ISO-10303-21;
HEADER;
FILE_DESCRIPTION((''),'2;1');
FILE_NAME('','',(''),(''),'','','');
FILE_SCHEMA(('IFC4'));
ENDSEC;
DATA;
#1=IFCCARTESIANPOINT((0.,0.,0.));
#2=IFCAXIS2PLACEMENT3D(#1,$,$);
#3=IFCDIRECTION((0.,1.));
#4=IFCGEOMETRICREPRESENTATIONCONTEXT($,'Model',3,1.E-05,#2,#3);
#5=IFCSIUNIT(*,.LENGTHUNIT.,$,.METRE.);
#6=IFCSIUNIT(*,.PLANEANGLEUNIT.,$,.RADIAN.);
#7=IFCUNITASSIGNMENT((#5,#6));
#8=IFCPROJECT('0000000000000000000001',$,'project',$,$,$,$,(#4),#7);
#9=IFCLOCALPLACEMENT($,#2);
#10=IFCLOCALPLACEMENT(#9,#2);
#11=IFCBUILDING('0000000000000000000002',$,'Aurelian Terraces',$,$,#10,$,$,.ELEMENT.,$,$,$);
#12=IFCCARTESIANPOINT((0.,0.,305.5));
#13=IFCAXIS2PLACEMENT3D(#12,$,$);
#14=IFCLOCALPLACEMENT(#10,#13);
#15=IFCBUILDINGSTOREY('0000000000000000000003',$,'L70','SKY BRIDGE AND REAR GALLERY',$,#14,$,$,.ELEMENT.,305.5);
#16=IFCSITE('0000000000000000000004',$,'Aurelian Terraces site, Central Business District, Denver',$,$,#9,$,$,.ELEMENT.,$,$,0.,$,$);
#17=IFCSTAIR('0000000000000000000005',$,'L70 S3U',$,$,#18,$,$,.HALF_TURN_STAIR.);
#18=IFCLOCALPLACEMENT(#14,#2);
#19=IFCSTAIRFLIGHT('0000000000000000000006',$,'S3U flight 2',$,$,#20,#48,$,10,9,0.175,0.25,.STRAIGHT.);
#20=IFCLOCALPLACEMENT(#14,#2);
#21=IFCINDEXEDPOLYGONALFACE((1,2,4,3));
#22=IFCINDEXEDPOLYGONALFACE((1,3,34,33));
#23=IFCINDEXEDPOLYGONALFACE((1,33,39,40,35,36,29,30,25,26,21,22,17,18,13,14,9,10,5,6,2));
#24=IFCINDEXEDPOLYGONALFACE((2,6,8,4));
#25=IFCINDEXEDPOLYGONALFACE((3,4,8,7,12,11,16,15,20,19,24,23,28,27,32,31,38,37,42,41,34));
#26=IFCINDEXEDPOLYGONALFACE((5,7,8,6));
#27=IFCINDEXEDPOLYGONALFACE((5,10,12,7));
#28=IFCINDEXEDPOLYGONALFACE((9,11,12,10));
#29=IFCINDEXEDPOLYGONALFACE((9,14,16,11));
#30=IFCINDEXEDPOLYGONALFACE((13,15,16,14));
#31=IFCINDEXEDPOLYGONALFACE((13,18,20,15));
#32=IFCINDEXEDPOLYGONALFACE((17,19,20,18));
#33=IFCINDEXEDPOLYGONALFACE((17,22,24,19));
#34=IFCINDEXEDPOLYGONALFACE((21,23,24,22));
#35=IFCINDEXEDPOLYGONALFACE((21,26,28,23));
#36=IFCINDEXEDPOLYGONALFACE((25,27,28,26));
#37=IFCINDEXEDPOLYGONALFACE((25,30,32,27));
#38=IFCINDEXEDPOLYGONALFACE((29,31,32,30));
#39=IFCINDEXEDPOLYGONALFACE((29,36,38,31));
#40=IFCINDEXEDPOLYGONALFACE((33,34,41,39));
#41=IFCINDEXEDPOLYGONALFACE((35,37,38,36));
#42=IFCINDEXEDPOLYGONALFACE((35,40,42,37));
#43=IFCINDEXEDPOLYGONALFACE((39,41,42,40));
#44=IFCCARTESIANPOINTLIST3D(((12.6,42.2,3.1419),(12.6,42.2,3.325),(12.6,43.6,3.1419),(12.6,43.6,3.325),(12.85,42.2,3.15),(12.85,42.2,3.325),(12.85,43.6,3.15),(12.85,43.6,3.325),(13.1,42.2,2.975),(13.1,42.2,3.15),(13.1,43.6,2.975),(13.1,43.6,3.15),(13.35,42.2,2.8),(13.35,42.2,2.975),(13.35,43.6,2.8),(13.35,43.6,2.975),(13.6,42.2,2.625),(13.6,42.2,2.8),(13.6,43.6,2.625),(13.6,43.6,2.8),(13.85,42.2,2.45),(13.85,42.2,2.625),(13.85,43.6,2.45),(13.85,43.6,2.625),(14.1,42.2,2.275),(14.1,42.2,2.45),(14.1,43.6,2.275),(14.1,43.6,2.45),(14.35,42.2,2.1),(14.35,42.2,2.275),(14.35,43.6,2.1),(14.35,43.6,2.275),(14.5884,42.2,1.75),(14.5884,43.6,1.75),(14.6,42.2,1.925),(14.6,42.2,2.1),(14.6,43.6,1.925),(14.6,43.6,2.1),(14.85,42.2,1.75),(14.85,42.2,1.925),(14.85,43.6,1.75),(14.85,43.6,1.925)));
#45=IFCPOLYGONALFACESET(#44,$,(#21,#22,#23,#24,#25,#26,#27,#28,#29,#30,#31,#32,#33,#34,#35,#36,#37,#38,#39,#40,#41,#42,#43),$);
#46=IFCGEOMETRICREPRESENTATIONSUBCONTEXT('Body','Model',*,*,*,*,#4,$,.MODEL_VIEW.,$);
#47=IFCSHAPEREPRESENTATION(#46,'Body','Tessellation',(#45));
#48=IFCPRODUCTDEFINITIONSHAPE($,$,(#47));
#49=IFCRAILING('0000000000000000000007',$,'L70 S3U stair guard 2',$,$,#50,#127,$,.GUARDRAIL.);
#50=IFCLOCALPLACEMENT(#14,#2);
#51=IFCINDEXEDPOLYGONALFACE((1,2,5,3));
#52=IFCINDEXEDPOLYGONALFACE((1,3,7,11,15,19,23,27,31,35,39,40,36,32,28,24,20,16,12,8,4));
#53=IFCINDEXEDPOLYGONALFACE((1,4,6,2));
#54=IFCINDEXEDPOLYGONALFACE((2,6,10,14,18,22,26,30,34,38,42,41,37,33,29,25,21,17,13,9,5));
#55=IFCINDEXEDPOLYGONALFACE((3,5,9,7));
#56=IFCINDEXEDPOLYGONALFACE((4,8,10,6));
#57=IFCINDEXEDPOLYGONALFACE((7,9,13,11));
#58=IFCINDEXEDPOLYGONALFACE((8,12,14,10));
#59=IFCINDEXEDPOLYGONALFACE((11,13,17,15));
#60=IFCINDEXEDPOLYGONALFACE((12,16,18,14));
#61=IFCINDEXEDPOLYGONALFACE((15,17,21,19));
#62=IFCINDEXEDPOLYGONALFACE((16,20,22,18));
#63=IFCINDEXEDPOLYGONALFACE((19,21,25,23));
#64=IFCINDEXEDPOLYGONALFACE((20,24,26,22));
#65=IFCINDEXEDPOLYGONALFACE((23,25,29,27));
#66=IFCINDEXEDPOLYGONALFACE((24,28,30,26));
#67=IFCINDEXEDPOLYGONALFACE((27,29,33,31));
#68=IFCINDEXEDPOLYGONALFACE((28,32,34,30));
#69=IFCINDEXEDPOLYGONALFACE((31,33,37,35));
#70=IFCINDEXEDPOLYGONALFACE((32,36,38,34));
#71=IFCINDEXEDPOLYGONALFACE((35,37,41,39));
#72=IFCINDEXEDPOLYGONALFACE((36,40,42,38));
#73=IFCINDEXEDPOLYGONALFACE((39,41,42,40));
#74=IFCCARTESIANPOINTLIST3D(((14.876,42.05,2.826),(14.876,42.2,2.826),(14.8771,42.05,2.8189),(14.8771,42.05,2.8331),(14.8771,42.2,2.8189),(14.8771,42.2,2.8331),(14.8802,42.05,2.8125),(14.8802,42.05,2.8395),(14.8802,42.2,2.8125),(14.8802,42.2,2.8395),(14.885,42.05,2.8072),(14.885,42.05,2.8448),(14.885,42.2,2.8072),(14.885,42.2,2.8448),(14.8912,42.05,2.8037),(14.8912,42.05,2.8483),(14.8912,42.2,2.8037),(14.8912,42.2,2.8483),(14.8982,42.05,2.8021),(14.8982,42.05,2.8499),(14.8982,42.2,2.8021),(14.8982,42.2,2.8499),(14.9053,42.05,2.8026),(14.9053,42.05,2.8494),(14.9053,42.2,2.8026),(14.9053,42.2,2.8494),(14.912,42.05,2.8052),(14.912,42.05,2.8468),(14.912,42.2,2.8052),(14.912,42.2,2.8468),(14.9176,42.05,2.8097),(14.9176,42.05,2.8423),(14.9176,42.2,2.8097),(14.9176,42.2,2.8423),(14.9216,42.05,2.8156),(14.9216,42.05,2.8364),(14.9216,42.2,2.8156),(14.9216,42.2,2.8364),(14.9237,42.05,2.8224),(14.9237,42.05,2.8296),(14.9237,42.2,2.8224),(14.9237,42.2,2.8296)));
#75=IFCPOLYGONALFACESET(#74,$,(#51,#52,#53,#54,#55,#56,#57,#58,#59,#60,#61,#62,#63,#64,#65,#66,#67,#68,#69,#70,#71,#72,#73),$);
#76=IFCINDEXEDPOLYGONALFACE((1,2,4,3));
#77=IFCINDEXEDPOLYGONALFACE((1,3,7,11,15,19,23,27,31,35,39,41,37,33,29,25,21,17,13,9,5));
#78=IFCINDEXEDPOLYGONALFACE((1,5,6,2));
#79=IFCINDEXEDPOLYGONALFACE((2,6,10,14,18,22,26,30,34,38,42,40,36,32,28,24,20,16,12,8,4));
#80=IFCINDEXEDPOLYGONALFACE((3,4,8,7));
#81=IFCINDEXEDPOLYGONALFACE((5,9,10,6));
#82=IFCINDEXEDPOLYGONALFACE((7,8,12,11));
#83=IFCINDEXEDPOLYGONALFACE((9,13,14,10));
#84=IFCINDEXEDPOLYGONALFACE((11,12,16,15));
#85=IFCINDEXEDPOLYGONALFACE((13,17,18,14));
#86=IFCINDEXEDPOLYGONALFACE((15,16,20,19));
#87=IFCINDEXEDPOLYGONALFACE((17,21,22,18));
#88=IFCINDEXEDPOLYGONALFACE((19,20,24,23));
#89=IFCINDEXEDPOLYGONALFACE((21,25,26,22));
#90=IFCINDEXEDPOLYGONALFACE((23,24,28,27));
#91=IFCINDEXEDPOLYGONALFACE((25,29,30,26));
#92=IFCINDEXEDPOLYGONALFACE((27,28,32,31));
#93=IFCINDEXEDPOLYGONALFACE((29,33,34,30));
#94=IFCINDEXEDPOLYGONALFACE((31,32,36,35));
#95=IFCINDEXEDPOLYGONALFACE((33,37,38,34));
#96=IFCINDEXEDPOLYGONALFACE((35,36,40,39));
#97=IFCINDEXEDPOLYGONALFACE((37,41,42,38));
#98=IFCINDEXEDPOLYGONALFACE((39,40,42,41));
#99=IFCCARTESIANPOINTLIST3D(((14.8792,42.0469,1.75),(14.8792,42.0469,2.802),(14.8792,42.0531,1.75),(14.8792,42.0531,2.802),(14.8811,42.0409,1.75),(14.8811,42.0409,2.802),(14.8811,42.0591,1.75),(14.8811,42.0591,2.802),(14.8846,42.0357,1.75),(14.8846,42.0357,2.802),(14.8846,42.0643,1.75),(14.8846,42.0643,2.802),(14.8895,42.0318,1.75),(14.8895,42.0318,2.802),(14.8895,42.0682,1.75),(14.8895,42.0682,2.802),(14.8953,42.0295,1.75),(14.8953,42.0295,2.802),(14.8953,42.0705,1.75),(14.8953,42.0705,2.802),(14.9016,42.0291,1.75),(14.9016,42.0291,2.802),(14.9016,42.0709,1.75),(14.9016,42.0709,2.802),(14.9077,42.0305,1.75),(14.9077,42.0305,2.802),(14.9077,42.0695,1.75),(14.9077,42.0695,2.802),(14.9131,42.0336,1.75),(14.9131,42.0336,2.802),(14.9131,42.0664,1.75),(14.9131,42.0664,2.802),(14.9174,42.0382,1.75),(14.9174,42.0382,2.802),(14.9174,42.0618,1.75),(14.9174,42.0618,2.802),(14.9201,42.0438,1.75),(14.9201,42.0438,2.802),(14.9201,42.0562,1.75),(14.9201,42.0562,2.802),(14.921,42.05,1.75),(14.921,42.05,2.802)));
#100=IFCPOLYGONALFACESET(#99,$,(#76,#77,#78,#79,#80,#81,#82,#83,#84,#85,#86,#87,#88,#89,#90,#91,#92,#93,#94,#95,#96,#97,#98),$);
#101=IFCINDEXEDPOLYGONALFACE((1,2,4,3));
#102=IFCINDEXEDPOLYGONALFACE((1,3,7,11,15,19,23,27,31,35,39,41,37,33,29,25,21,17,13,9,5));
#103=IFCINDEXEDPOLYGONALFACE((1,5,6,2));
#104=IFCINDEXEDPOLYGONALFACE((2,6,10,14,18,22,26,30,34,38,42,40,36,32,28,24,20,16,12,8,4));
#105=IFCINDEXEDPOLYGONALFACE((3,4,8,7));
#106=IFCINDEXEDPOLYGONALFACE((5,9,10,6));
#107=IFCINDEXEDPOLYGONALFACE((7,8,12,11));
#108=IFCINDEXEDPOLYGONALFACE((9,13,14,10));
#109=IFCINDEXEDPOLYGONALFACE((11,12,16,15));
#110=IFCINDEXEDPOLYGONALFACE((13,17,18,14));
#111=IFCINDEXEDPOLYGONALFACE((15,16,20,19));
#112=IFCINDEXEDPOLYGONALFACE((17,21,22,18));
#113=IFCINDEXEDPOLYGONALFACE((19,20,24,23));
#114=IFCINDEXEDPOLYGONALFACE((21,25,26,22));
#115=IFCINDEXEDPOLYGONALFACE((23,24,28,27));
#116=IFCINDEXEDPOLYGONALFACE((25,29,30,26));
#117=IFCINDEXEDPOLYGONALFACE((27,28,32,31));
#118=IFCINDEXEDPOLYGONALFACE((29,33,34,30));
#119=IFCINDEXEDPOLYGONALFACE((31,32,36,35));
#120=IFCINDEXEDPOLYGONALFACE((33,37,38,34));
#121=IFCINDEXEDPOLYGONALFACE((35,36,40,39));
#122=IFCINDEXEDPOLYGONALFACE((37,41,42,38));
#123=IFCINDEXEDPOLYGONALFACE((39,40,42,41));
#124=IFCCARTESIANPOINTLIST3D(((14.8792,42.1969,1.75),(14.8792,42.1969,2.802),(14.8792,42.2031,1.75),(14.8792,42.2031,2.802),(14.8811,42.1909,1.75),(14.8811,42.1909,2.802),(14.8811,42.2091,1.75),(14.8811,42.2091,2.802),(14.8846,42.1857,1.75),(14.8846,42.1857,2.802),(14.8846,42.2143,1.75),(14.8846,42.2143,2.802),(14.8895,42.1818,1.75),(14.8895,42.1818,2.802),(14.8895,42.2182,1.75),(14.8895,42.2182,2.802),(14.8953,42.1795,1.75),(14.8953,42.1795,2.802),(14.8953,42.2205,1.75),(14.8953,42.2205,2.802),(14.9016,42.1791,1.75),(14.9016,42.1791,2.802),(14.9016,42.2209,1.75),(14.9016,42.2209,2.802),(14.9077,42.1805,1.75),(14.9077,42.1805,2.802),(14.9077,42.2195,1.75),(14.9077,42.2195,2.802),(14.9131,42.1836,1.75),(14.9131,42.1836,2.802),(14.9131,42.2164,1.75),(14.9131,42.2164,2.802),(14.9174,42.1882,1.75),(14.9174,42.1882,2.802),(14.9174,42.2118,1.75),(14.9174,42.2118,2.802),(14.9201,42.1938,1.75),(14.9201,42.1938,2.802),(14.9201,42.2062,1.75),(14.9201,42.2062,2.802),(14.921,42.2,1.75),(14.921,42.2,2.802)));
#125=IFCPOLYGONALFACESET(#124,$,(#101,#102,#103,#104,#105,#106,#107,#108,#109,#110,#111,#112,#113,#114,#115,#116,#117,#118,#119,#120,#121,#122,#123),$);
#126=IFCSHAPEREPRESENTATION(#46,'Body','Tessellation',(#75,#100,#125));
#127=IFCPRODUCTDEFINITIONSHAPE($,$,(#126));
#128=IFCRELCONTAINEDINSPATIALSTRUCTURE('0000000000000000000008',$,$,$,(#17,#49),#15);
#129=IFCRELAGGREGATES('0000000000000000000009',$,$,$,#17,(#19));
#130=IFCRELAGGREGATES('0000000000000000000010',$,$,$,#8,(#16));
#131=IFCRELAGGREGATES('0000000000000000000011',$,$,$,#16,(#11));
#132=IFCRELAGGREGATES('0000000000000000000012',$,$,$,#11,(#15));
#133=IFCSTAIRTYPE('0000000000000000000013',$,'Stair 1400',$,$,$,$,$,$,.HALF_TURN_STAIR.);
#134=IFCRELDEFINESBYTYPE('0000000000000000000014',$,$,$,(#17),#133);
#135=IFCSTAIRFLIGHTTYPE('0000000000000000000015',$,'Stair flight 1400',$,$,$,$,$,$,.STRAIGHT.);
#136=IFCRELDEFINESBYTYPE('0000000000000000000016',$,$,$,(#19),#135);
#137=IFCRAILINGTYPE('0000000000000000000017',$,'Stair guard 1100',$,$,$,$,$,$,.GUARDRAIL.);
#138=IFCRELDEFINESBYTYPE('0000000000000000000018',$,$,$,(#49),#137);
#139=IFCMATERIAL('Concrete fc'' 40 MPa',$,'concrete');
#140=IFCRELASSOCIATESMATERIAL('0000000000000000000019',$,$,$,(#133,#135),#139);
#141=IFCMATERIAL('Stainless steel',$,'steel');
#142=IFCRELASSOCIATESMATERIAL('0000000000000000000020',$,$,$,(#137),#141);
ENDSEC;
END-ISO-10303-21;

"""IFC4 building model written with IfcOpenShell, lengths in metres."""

from ifc_helpers import new_model, si_unit, direction, frame, origin, origin_2d, place, context, subcontext, project, spatial, polyline, circle, outline, extrude, source, transform, mapped, material, type_object, element, aggregate, save


model = new_model("IFC4")

# Units and contexts
model_context = context("Model", 3, precision=1e-05, world=origin(), true_north=direction((0.0, 1.0)))
body_context = subcontext(model_context, "Body", "Model", "MODEL_VIEW")
ifc_project = project(units=[si_unit("LENGTHUNIT", "METRE"), si_unit("PLANEANGLEUNIT", "RADIAN")], contexts=[model_context])

# Site, building, storey
site_placement = place(None, origin())
site = spatial("IfcSite", under=ifc_project, at=site_placement, Name="Aurelian Terraces site, Central Business District, Denver", CompositionType="ELEMENT", RefElevation=0.0)
building_placement = place(site_placement, origin())
building = spatial("IfcBuilding", under=site, at=building_placement, Name="Aurelian Terraces", CompositionType="ELEMENT")
storey_placement = place(building_placement, frame((0.0, 0.0, 305.5)))
storey = spatial("IfcBuildingStorey", under=building, at=storey_placement, Name="L70", Description="SKY BRIDGE AND REAR GALLERY", CompositionType="ELEMENT", Elevation=305.5)

# Shared definitions
ifc_material_1 = material(Name="Concrete fc' 40 MPa", Category="concrete")

# Stair, stair flight
stair_type = type_object("IfcStairType", Name="Stair 1400", PredefinedType="HALF_TURN_STAIR", material=ifc_material_1)
stair_placement = place(storey_placement, origin())
stair = element("IfcStair", 1, at=stair_placement, inside=storey, type_object=stair_type, Name="L70 S3U", PredefinedType="HALF_TURN_STAIR")
stair_flight_type = type_object("IfcStairFlightType", Name="Stair flight 1400", PredefinedType="STRAIGHT", material=ifc_material_1)
shared_shape_1 = source(origin(), body_context, "Body", "SweptSolid", [
    extrude(outline(polyline([(0.0, 0.0), (0.0, 0.175), (0.25, 0.175), (0.25, 0.35), (0.5, 0.35), (0.5, 0.525), (0.75, 0.525), (0.75, 0.7), (1.0, 0.7), (1.0, 0.875), (1.25, 0.875), (1.25, 1.05), (1.5, 1.05), (1.5, 1.225), (1.75, 1.225), (1.75, 1.4), (2.0, 1.4), (2.0, 1.575), (2.25, 1.575), (2.25, 1.75), (2.25, 1.3919), (0.2616, 0.0), (0.0, 0.0)])), frame((0.0, 0.7, 0.0), z_axis=(0.0, -1.0, 0.0), x_axis=(1.0, 0.0, 0.0)), (0.0, 0.0, 1.0), 1.4),
])
stair_flight_placement = place(storey_placement, frame((14.85, 42.9, 1.75), z_axis=(0.0, 0.0, 1.0), x_axis=(-1.0, 0.0, 0.0)))
stair_flight = element("IfcStairFlight", 2, at=stair_flight_placement, type_object=stair_flight_type, Name="S3U flight 2", NumberOfRisers=10, NumberOfTreads=9, PredefinedType="STRAIGHT", RiserHeight=0.175, TreadLength=0.25, context=body_context, shape_type="MappedRepresentation", body=[
    mapped(shared_shape_1, transform((0.0, 0.0, 0.0), scale=1.0)),
])
aggregate(stair, [stair_flight])

# Railing
ifc_material_2 = material(Name="Stainless steel", Category="steel")
railing_type_1 = type_object("IfcRailingType", Name="Stair guard 1100", PredefinedType="GUARDRAIL", material=ifc_material_2)
shared_shape_2 = source(origin(), body_context, "Body", "SweptSolid", [
    extrude(circle(Radius=0.024, at=origin_2d()), frame((0.0, 0.0, 1.076), z_axis=(0.0, 1.0, 0.0), x_axis=(-1.0, 0.0, 0.0)), (0.0, 0.0, 1.0), 0.15),
    extrude(circle(Radius=0.021, at=origin_2d()), origin(), (0.0, 0.0, 1.0), 1.052),
    extrude(circle(Radius=0.021, at=origin_2d()), frame((0.0, 0.15, 0.0)), (0.0, 0.0, 1.0), 1.052),
])
railing_1_placement = place(storey_placement, frame((14.9, 42.05, 1.75)))
element("IfcRailing", 3, at=railing_1_placement, inside=storey, type_object=railing_type_1, Name="L70 S3U stair guard 2", PredefinedType="GUARDRAIL", context=body_context, shape_type="MappedRepresentation", body=[
    mapped(shared_shape_2, transform((0.0, 0.0, 0.0), scale=1.0)),
])

save(model, "model.ifc")
